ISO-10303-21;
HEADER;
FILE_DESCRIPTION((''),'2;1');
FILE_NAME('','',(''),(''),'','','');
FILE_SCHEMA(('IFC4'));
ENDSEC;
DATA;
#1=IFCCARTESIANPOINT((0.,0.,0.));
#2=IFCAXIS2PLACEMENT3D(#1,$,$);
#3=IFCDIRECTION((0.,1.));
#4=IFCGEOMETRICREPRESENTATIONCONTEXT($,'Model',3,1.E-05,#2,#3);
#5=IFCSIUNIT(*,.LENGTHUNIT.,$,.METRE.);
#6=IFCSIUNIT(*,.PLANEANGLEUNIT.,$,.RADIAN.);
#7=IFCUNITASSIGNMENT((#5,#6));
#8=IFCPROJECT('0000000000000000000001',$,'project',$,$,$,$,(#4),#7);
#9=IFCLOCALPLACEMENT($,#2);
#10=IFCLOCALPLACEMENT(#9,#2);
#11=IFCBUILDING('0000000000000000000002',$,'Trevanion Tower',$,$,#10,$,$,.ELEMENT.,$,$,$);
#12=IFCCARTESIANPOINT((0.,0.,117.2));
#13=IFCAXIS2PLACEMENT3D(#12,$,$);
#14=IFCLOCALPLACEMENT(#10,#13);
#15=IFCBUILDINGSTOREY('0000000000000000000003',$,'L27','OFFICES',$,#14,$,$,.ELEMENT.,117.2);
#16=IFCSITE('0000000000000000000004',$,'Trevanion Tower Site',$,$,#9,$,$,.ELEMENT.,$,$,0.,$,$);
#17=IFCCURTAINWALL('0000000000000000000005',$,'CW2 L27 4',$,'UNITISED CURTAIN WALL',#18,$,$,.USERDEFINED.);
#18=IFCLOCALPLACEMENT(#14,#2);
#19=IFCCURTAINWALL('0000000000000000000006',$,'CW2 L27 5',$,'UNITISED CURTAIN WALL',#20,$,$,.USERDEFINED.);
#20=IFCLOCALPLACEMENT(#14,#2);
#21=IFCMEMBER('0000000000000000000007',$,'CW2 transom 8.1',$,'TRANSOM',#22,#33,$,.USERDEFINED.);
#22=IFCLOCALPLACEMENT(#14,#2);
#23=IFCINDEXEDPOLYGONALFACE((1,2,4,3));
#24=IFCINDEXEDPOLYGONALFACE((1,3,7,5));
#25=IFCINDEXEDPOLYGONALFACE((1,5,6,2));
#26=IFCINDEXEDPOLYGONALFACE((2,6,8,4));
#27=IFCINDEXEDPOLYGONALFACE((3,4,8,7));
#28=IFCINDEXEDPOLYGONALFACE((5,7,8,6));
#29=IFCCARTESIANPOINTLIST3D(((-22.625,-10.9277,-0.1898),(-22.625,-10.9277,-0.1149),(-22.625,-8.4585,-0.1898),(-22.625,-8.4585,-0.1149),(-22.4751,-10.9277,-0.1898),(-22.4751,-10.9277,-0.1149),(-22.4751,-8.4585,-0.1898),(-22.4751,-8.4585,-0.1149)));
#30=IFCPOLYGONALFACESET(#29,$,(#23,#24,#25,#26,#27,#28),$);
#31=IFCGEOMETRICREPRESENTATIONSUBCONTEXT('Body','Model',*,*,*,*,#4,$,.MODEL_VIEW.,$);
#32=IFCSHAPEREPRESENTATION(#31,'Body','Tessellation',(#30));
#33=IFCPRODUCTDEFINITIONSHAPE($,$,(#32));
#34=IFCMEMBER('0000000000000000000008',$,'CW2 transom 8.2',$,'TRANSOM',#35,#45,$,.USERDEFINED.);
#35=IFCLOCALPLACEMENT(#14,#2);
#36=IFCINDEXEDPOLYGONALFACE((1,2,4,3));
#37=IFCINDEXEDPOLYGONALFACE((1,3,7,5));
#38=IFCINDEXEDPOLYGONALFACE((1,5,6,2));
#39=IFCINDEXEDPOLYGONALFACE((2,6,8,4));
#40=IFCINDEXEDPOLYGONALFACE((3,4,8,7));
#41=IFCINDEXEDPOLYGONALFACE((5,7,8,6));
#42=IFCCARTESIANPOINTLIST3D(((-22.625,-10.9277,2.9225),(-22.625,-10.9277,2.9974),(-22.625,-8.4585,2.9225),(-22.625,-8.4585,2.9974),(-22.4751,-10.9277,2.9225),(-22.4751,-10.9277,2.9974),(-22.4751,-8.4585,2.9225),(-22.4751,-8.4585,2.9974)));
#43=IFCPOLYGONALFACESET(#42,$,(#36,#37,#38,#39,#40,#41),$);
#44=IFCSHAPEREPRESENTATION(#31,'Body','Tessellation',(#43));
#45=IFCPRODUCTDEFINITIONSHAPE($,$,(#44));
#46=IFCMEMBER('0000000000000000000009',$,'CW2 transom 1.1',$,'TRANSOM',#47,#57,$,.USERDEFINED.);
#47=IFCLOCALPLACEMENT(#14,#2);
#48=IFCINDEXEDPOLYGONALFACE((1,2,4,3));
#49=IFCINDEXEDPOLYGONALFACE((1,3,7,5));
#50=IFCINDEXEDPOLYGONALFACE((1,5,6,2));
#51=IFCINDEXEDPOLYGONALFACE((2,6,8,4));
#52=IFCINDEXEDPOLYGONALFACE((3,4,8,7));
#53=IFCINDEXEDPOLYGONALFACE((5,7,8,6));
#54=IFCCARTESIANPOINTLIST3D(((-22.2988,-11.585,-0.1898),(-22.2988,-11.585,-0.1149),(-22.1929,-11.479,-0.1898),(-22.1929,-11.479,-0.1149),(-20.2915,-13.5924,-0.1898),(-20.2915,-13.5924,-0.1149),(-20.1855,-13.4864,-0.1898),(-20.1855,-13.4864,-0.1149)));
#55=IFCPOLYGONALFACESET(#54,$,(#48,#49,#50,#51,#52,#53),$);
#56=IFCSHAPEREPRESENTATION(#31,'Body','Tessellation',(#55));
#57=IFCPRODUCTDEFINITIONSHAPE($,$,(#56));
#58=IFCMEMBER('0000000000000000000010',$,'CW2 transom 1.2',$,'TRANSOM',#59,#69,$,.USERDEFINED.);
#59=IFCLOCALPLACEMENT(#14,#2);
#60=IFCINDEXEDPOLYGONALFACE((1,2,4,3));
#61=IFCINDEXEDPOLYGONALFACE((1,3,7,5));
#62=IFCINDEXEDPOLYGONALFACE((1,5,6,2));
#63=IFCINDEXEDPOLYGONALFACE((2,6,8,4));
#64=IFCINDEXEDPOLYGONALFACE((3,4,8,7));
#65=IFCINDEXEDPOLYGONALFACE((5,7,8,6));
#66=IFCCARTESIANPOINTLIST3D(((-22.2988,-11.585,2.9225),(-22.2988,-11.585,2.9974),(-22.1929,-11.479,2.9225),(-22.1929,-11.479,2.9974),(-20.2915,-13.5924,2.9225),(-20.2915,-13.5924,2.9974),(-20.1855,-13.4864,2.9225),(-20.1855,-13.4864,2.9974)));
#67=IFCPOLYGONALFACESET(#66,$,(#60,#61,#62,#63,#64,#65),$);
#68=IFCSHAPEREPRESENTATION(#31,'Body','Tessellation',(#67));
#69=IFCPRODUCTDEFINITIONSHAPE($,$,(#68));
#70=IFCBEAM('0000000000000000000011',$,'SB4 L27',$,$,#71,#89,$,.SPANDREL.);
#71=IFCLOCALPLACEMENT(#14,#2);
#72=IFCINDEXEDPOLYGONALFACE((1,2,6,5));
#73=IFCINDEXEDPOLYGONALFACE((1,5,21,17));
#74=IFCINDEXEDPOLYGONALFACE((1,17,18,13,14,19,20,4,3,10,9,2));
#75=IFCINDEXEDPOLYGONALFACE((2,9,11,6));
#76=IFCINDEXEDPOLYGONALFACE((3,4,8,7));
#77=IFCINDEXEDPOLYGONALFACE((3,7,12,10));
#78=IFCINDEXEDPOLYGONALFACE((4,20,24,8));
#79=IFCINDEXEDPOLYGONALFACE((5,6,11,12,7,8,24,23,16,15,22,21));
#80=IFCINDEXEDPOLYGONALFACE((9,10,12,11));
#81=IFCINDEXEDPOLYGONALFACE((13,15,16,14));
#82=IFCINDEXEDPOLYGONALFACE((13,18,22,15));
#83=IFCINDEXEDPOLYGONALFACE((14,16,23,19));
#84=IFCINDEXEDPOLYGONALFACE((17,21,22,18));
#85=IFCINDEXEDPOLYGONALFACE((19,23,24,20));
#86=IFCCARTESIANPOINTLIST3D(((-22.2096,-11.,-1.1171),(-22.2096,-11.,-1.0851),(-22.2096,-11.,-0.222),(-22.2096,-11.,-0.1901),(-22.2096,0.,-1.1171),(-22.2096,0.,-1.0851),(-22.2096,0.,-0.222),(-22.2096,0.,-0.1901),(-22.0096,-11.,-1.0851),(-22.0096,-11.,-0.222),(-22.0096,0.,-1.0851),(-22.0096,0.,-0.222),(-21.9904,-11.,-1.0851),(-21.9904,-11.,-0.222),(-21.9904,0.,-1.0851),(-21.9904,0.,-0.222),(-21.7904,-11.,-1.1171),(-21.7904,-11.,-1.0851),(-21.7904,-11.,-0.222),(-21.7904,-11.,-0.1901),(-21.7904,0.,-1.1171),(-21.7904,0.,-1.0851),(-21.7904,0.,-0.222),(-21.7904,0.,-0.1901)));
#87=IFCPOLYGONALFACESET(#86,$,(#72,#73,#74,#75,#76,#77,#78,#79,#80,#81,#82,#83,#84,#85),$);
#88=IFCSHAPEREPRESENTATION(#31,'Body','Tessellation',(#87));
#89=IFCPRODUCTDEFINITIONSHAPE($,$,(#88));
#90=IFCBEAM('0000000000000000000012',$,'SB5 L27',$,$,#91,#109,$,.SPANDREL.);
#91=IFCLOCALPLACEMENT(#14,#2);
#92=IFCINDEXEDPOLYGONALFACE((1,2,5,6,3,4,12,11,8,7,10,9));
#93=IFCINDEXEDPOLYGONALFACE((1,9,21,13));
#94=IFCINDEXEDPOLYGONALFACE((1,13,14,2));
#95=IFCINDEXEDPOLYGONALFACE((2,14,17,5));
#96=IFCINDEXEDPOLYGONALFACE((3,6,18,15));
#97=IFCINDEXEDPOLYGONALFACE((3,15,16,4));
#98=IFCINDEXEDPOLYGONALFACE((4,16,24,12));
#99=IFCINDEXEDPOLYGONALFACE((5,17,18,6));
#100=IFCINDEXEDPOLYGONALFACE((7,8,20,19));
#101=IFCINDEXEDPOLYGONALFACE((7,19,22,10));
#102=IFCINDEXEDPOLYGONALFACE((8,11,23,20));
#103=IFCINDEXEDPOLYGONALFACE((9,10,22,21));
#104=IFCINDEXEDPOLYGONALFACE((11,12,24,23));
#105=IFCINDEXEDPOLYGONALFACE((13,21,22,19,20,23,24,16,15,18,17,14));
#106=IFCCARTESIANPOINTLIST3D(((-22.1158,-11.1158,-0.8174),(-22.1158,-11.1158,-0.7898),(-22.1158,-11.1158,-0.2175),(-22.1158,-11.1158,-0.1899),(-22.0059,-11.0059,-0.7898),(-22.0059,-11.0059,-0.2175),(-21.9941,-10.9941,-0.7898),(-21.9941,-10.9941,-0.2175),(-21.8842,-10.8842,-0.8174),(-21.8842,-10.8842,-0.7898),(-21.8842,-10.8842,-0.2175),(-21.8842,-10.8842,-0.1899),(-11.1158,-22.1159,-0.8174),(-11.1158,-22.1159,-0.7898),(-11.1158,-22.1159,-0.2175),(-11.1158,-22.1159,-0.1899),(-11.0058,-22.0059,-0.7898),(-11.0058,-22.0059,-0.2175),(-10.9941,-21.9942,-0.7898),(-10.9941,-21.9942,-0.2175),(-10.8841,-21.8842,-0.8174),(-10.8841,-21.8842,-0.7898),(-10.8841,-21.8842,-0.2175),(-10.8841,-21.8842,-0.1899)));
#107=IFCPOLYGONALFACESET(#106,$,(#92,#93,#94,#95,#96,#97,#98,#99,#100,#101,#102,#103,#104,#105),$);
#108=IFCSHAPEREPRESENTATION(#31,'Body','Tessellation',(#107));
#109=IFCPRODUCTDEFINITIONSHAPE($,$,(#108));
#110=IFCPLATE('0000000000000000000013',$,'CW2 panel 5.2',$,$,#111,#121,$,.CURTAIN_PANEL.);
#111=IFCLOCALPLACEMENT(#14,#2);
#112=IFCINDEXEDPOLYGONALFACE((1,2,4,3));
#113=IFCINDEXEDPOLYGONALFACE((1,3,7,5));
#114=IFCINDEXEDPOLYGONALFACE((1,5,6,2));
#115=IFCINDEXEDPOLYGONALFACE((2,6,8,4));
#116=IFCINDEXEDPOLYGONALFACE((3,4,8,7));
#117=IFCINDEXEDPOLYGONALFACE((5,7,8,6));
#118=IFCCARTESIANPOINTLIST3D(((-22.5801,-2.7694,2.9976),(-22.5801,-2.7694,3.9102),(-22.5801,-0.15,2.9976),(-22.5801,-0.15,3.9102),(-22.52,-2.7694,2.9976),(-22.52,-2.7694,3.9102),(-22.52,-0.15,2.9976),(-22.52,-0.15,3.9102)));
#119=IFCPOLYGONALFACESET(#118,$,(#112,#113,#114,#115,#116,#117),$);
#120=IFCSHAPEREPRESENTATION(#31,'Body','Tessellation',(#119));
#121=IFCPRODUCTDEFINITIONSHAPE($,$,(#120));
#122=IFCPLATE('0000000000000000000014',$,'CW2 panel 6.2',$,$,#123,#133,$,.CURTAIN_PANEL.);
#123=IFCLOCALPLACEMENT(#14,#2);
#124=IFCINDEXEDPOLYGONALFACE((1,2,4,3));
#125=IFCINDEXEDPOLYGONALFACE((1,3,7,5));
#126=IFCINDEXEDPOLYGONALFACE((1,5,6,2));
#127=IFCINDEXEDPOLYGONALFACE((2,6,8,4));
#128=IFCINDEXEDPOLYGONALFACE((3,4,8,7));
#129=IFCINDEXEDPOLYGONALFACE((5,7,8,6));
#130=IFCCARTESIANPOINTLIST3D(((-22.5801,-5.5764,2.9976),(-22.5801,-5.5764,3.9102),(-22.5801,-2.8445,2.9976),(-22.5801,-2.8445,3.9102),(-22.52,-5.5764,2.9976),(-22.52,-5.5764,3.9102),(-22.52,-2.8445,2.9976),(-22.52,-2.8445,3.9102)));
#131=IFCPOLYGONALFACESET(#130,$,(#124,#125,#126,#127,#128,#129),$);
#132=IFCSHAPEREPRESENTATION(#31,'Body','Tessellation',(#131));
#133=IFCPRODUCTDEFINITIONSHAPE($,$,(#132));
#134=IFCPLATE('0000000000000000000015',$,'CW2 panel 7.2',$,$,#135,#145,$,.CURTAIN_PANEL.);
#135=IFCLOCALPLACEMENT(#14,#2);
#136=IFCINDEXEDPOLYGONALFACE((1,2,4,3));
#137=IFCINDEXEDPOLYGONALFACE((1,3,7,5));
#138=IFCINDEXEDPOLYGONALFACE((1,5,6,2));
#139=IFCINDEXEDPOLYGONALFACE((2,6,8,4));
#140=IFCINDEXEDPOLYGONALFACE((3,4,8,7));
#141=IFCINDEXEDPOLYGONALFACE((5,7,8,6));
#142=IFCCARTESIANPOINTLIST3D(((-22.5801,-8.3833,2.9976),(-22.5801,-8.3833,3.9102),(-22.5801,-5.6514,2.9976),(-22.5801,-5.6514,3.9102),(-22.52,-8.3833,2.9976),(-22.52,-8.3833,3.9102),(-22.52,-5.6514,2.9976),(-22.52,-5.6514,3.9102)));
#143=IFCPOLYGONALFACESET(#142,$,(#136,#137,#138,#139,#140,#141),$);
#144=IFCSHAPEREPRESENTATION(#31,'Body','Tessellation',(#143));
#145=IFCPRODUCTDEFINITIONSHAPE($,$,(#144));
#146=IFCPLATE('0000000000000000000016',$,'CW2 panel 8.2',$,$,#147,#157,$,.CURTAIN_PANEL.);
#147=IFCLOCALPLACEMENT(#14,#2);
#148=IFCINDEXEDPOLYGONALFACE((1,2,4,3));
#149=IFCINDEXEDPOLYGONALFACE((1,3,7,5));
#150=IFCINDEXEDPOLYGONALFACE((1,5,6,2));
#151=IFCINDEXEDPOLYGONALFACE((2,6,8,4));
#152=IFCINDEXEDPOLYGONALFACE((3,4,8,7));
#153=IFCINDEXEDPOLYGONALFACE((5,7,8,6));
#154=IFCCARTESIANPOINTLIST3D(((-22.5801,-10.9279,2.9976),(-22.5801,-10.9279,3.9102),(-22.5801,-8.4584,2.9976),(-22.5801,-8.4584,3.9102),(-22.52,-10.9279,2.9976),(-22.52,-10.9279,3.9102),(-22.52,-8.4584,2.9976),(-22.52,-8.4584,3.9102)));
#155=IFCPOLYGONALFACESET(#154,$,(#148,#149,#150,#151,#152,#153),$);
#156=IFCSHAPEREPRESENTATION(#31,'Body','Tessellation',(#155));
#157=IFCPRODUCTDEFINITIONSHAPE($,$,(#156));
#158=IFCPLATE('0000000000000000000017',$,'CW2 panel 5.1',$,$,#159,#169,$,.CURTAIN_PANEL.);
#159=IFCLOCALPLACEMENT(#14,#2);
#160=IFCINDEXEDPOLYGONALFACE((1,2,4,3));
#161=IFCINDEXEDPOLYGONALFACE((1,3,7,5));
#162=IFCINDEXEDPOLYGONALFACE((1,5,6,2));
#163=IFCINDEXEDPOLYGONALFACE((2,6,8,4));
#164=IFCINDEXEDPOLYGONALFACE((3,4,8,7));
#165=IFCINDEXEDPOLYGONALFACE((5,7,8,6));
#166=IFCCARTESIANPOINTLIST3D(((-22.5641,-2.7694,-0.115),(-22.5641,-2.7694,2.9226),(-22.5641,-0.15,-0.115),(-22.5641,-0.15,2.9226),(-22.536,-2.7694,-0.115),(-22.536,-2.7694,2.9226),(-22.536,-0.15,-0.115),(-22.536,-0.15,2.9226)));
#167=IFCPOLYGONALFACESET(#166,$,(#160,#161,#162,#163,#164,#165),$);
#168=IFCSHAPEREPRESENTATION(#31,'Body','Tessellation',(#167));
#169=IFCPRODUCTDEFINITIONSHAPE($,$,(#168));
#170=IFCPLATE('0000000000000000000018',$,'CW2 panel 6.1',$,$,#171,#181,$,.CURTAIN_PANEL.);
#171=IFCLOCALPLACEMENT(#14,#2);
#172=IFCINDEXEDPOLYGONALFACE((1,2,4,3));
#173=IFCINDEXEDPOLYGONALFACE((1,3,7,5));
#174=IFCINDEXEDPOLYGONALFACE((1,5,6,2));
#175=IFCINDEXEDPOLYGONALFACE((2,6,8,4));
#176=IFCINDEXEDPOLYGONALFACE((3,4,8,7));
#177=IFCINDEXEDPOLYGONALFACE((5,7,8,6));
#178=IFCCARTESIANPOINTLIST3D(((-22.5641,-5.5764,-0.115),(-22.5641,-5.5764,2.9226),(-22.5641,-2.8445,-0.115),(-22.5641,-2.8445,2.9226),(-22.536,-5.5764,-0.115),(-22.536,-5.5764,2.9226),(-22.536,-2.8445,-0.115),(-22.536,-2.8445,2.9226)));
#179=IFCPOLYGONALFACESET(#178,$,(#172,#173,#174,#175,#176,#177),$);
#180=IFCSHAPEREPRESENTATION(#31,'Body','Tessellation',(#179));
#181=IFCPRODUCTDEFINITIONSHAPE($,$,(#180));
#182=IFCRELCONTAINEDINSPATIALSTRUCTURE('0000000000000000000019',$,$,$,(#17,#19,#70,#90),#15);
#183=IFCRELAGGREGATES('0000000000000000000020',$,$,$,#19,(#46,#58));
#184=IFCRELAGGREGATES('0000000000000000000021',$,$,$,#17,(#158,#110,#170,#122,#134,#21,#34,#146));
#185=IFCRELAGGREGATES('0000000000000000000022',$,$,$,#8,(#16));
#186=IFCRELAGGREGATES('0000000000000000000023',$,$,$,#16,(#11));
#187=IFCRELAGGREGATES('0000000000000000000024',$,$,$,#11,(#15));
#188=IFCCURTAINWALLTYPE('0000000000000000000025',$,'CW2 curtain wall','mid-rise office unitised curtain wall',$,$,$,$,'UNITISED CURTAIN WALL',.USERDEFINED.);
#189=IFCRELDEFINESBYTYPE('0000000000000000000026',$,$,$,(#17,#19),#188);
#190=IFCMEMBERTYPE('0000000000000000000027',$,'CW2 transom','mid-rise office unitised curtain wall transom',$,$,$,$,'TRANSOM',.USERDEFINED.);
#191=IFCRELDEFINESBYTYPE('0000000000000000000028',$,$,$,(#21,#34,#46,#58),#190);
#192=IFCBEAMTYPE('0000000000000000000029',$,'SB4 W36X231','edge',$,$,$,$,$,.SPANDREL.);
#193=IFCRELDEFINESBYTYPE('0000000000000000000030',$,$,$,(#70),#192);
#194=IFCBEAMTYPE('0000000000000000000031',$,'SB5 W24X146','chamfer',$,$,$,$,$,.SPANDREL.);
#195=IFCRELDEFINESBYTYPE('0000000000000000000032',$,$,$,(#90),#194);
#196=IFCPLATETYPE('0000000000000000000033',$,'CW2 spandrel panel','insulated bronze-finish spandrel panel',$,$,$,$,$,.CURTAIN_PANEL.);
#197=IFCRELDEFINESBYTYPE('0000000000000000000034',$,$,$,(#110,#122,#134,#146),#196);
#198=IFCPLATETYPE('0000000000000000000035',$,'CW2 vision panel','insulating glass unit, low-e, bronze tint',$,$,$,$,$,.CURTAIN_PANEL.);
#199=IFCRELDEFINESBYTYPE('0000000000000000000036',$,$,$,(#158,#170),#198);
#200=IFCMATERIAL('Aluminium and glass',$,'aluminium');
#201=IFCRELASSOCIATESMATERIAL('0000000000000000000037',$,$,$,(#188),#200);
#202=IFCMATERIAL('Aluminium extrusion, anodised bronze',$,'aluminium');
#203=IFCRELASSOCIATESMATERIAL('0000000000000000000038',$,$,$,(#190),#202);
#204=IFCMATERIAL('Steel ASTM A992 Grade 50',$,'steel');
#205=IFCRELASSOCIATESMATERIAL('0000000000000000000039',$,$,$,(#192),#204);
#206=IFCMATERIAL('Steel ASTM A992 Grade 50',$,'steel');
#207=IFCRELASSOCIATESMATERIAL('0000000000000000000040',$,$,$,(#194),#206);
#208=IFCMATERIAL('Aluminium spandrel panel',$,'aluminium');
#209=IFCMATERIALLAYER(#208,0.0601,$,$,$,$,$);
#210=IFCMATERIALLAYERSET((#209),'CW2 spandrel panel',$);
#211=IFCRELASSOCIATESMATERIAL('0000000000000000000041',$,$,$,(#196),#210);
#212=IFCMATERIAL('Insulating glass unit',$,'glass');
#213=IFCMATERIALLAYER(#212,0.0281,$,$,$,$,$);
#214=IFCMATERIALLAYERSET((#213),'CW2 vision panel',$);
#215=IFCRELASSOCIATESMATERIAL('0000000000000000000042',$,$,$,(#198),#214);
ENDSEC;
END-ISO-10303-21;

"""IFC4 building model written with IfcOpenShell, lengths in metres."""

from ifc_helpers import new_model, si_unit, direction, frame, origin, origin_2d, place, context, subcontext, project, spatial, rectangle, i_section, extrude, material, layer, layer_set, material_profile, profile_set, type_object, element, aggregate, save


model = new_model("IFC4")

# Units and contexts
model_context = context("Model", 3, precision=1e-05, world=origin(), true_north=direction((0.0, 1.0)))
body_context = subcontext(model_context, "Body", "Model", "MODEL_VIEW")
ifc_project = project(units=[si_unit("LENGTHUNIT", "METRE"), si_unit("PLANEANGLEUNIT", "RADIAN")], contexts=[model_context])

# Site, building, storey
site_placement = place(None, origin())
site = spatial("IfcSite", under=ifc_project, at=site_placement, Name="Trevanion Tower Site", CompositionType="ELEMENT", RefElevation=0.0)
building_placement = place(site_placement, origin())
building = spatial("IfcBuilding", under=site, at=building_placement, Name="Trevanion Tower", CompositionType="ELEMENT")
storey_placement = place(building_placement, frame((0.0, 0.0, 117.2)))
storey = spatial("IfcBuildingStorey", under=building, at=storey_placement, Name="L27", Description="OFFICES", CompositionType="ELEMENT", Elevation=117.2)

# Curtain wall
ifc_material_1 = material(Name="Aluminium and glass", Category="aluminium")
curtain_wall_type = type_object("IfcCurtainWallType", Name="CW2 curtain wall", Description="mid-rise office unitised curtain wall", ElementType="UNITISED CURTAIN WALL", PredefinedType="USERDEFINED", material=ifc_material_1)
curtain_wall_1_placement = place(storey_placement, origin())
curtain_wall_1 = element("IfcCurtainWall", 1, at=curtain_wall_1_placement, inside=storey, type_object=curtain_wall_type, Name="CW2 L27 4", ObjectType="UNITISED CURTAIN WALL", PredefinedType="USERDEFINED")

# Curtain wall
curtain_wall_2_placement = place(storey_placement, origin())
curtain_wall_2 = element("IfcCurtainWall", 2, at=curtain_wall_2_placement, inside=storey, type_object=curtain_wall_type, Name="CW2 L27 5", ObjectType="UNITISED CURTAIN WALL", PredefinedType="USERDEFINED")

# Members
ifc_material_2 = material(Name="Aluminium extrusion, anodised bronze", Category="aluminium")
ifc_material_profile_1 = material_profile(ifc_material_2, rectangle(XDim=0.1499, YDim=0.075, at=origin_2d()), Name="CW2 transom")
ifc_profile_set_1 = profile_set([ifc_material_profile_1], Name="Aluminium extrusion, anodised bronze")
member_type_1 = type_object("IfcMemberType", Name="CW2 transom", Description="mid-rise office unitised curtain wall transom", ElementType="TRANSOM", PredefinedType="USERDEFINED", material=ifc_profile_set_1)
member_1_placement = place(storey_placement, frame((-22.55, -8.4585, -0.1523), z_axis=(0.0, -1.0, 0.0), x_axis=(1.0, 0.0, 0.0)))
member_1 = element("IfcMember", 3, at=member_1_placement, type_object=member_type_1, Name="CW2 transom 8.1", ObjectType="TRANSOM", PredefinedType="USERDEFINED", context=body_context, shape_type="SweptSolid", body=[
    extrude(rectangle(XDim=0.1499, YDim=0.075, at=origin_2d()), origin(), (0.0, 0.0, 1.0), 2.4692),
])
member_2_placement = place(storey_placement, frame((-22.55, -8.4585, 2.96), z_axis=(0.0, -1.0, 0.0), x_axis=(1.0, 0.0, 0.0)))
member_2 = element("IfcMember", 4, at=member_2_placement, type_object=member_type_1, Name="CW2 transom 8.2", ObjectType="TRANSOM", PredefinedType="USERDEFINED", context=body_context, shape_type="SweptSolid", body=[
    extrude(rectangle(XDim=0.1499, YDim=0.075, at=origin_2d()), origin(), (0.0, 0.0, 1.0), 2.4692),
])
member_3_placement = place(storey_placement, frame((-22.2458, -11.532, -0.1523), z_axis=(0.707107, -0.707107, 0.0), x_axis=(0.707107, 0.707107, 0.0)))
member_3 = element("IfcMember", 5, at=member_3_placement, type_object=member_type_1, Name="CW2 transom 1.1", ObjectType="TRANSOM", PredefinedType="USERDEFINED", context=body_context, shape_type="SweptSolid", body=[
    extrude(rectangle(XDim=0.1499, YDim=0.075, at=origin_2d()), origin(), (0.0, 0.0, 1.0), 2.8389),
])
member_4_placement = place(storey_placement, frame((-22.2458, -11.532, 2.96), z_axis=(0.707107, -0.707107, 0.0), x_axis=(0.707107, 0.707107, 0.0)))
member_4 = element("IfcMember", 6, at=member_4_placement, type_object=member_type_1, Name="CW2 transom 1.2", ObjectType="TRANSOM", PredefinedType="USERDEFINED", context=body_context, shape_type="SweptSolid", body=[
    extrude(rectangle(XDim=0.1499, YDim=0.075, at=origin_2d()), origin(), (0.0, 0.0, 1.0), 2.8389),
])
aggregate(curtain_wall_2, [member_3, member_4])

# Beams
ifc_material_3 = material(Name="Steel ASTM A992 Grade 50", Category="steel")
ifc_material_profile_2 = material_profile(ifc_material_3, i_section(OverallWidth=0.4192, OverallDepth=0.927, WebThickness=0.0193, FlangeThickness=0.032, at=origin_2d()), Name="W36X231")
ifc_profile_set_2 = profile_set([ifc_material_profile_2], Name="Steel ASTM A992 Grade 50")
beam_type_1 = type_object("IfcBeamType", Name="SB4 W36X231", Description="edge", PredefinedType="SPANDREL", material=ifc_profile_set_2)
beam_1_placement = place(storey_placement, frame((-22.0, 0.0, -0.6536), z_axis=(0.0, -1.0, 0.0), x_axis=(1.0, 0.0, 0.0)))
element("IfcBeam", 7, at=beam_1_placement, inside=storey, type_object=beam_type_1, Name="SB4 L27", PredefinedType="SPANDREL", context=body_context, shape_type="SweptSolid", body=[
    extrude(i_section(OverallWidth=0.4192, OverallDepth=0.927, WebThickness=0.0193, FlangeThickness=0.032, at=origin_2d()), origin(), (0.0, 0.0, 1.0), 11.0),
])
ifc_material_4 = material(Name="Steel ASTM A992 Grade 50", Category="steel")
ifc_material_profile_3 = material_profile(ifc_material_4, i_section(OverallWidth=0.3276, OverallDepth=0.6274, WebThickness=0.0166, FlangeThickness=0.0276, at=origin_2d()), Name="W24X146")
ifc_profile_set_3 = profile_set([ifc_material_profile_3], Name="Steel ASTM A992 Grade 50")
beam_type_2 = type_object("IfcBeamType", Name="SB5 W24X146", Description="chamfer", PredefinedType="SPANDREL", material=ifc_profile_set_3)
beam_2_placement = place(storey_placement, frame((-22.0, -11.0, -0.5037), z_axis=(0.707107, -0.707107, 0.0), x_axis=(0.707107, 0.707107, 0.0)))
element("IfcBeam", 8, at=beam_2_placement, inside=storey, type_object=beam_type_2, Name="SB5 L27", PredefinedType="SPANDREL", context=body_context, shape_type="SweptSolid", body=[
    extrude(i_section(OverallWidth=0.3276, OverallDepth=0.6274, WebThickness=0.0166, FlangeThickness=0.0276, at=origin_2d()), origin(), (0.0, 0.0, 1.0), 15.5564),
])

# Plates
ifc_material_5 = material(Name="Aluminium spandrel panel", Category="aluminium")
ifc_layer_1 = layer(ifc_material_5, 0.0601)
ifc_layer_set_1 = layer_set([ifc_layer_1], Name="CW2 spandrel panel")
plate_type_1 = type_object("IfcPlateType", Name="CW2 spandrel panel", Description="insulated bronze-finish spandrel panel", PredefinedType="CURTAIN_PANEL", material=ifc_layer_set_1)
plate_1_placement = place(storey_placement, frame((-22.55, -1.4597, 2.9976), z_axis=(0.0, 0.0, 1.0), x_axis=(0.0, -1.0, 0.0)))
plate_1 = element("IfcPlate", 9, at=plate_1_placement, type_object=plate_type_1, Name="CW2 panel 5.2", PredefinedType="CURTAIN_PANEL", context=body_context, shape_type="SweptSolid", body=[
    extrude(rectangle(XDim=2.6194, YDim=0.0601, at=origin_2d()), origin(), (0.0, 0.0, 1.0), 0.9126),
])
plate_2_placement = place(storey_placement, frame((-22.55, -4.2104, 2.9976), z_axis=(0.0, 0.0, 1.0), x_axis=(0.0, -1.0, 0.0)))
plate_2 = element("IfcPlate", 10, at=plate_2_placement, type_object=plate_type_1, Name="CW2 panel 6.2", PredefinedType="CURTAIN_PANEL", context=body_context, shape_type="SweptSolid", body=[
    extrude(rectangle(XDim=2.7319, YDim=0.0601, at=origin_2d()), origin(), (0.0, 0.0, 1.0), 0.9126),
])
plate_3_placement = place(storey_placement, frame((-22.55, -7.0173, 2.9976), z_axis=(0.0, 0.0, 1.0), x_axis=(0.0, -1.0, 0.0)))
plate_3 = element("IfcPlate", 11, at=plate_3_placement, type_object=plate_type_1, Name="CW2 panel 7.2", PredefinedType="CURTAIN_PANEL", context=body_context, shape_type="SweptSolid", body=[
    extrude(rectangle(XDim=2.7319, YDim=0.0601, at=origin_2d()), origin(), (0.0, 0.0, 1.0), 0.9126),
])
plate_4_placement = place(storey_placement, frame((-22.55, -9.6931, 2.9976), z_axis=(0.0, 0.0, 1.0), x_axis=(0.0, -1.0, 0.0)))
plate_4 = element("IfcPlate", 12, at=plate_4_placement, type_object=plate_type_1, Name="CW2 panel 8.2", PredefinedType="CURTAIN_PANEL", context=body_context, shape_type="SweptSolid", body=[
    extrude(rectangle(XDim=2.4695, YDim=0.0601, at=origin_2d()), origin(), (0.0, 0.0, 1.0), 0.9126),
])
ifc_material_6 = material(Name="Insulating glass unit", Category="glass")
ifc_layer_2 = layer(ifc_material_6, 0.0281)
ifc_layer_set_2 = layer_set([ifc_layer_2], Name="CW2 vision panel")
plate_type_2 = type_object("IfcPlateType", Name="CW2 vision panel", Description="insulating glass unit, low-e, bronze tint", PredefinedType="CURTAIN_PANEL", material=ifc_layer_set_2)
plate_5_placement = place(storey_placement, frame((-22.55, -1.4597, -0.115), z_axis=(0.0, 0.0, 1.0), x_axis=(0.0, -1.0, 0.0)))
plate_5 = element("IfcPlate", 13, at=plate_5_placement, type_object=plate_type_2, Name="CW2 panel 5.1", PredefinedType="CURTAIN_PANEL", context=body_context, shape_type="SweptSolid", body=[
    extrude(rectangle(XDim=2.6194, YDim=0.0281, at=origin_2d()), origin(), (0.0, 0.0, 1.0), 3.0376),
])
plate_6_placement = place(storey_placement, frame((-22.55, -4.2104, -0.115), z_axis=(0.0, 0.0, 1.0), x_axis=(0.0, -1.0, 0.0)))
plate_6 = element("IfcPlate", 14, at=plate_6_placement, type_object=plate_type_2, Name="CW2 panel 6.1", PredefinedType="CURTAIN_PANEL", context=body_context, shape_type="SweptSolid", body=[
    extrude(rectangle(XDim=2.7319, YDim=0.0281, at=origin_2d()), origin(), (0.0, 0.0, 1.0), 3.0376),
])
aggregate(curtain_wall_1, [plate_5, plate_1, plate_6, plate_2, plate_3, member_1, member_2, plate_4])

save(model, "model.ifc")
